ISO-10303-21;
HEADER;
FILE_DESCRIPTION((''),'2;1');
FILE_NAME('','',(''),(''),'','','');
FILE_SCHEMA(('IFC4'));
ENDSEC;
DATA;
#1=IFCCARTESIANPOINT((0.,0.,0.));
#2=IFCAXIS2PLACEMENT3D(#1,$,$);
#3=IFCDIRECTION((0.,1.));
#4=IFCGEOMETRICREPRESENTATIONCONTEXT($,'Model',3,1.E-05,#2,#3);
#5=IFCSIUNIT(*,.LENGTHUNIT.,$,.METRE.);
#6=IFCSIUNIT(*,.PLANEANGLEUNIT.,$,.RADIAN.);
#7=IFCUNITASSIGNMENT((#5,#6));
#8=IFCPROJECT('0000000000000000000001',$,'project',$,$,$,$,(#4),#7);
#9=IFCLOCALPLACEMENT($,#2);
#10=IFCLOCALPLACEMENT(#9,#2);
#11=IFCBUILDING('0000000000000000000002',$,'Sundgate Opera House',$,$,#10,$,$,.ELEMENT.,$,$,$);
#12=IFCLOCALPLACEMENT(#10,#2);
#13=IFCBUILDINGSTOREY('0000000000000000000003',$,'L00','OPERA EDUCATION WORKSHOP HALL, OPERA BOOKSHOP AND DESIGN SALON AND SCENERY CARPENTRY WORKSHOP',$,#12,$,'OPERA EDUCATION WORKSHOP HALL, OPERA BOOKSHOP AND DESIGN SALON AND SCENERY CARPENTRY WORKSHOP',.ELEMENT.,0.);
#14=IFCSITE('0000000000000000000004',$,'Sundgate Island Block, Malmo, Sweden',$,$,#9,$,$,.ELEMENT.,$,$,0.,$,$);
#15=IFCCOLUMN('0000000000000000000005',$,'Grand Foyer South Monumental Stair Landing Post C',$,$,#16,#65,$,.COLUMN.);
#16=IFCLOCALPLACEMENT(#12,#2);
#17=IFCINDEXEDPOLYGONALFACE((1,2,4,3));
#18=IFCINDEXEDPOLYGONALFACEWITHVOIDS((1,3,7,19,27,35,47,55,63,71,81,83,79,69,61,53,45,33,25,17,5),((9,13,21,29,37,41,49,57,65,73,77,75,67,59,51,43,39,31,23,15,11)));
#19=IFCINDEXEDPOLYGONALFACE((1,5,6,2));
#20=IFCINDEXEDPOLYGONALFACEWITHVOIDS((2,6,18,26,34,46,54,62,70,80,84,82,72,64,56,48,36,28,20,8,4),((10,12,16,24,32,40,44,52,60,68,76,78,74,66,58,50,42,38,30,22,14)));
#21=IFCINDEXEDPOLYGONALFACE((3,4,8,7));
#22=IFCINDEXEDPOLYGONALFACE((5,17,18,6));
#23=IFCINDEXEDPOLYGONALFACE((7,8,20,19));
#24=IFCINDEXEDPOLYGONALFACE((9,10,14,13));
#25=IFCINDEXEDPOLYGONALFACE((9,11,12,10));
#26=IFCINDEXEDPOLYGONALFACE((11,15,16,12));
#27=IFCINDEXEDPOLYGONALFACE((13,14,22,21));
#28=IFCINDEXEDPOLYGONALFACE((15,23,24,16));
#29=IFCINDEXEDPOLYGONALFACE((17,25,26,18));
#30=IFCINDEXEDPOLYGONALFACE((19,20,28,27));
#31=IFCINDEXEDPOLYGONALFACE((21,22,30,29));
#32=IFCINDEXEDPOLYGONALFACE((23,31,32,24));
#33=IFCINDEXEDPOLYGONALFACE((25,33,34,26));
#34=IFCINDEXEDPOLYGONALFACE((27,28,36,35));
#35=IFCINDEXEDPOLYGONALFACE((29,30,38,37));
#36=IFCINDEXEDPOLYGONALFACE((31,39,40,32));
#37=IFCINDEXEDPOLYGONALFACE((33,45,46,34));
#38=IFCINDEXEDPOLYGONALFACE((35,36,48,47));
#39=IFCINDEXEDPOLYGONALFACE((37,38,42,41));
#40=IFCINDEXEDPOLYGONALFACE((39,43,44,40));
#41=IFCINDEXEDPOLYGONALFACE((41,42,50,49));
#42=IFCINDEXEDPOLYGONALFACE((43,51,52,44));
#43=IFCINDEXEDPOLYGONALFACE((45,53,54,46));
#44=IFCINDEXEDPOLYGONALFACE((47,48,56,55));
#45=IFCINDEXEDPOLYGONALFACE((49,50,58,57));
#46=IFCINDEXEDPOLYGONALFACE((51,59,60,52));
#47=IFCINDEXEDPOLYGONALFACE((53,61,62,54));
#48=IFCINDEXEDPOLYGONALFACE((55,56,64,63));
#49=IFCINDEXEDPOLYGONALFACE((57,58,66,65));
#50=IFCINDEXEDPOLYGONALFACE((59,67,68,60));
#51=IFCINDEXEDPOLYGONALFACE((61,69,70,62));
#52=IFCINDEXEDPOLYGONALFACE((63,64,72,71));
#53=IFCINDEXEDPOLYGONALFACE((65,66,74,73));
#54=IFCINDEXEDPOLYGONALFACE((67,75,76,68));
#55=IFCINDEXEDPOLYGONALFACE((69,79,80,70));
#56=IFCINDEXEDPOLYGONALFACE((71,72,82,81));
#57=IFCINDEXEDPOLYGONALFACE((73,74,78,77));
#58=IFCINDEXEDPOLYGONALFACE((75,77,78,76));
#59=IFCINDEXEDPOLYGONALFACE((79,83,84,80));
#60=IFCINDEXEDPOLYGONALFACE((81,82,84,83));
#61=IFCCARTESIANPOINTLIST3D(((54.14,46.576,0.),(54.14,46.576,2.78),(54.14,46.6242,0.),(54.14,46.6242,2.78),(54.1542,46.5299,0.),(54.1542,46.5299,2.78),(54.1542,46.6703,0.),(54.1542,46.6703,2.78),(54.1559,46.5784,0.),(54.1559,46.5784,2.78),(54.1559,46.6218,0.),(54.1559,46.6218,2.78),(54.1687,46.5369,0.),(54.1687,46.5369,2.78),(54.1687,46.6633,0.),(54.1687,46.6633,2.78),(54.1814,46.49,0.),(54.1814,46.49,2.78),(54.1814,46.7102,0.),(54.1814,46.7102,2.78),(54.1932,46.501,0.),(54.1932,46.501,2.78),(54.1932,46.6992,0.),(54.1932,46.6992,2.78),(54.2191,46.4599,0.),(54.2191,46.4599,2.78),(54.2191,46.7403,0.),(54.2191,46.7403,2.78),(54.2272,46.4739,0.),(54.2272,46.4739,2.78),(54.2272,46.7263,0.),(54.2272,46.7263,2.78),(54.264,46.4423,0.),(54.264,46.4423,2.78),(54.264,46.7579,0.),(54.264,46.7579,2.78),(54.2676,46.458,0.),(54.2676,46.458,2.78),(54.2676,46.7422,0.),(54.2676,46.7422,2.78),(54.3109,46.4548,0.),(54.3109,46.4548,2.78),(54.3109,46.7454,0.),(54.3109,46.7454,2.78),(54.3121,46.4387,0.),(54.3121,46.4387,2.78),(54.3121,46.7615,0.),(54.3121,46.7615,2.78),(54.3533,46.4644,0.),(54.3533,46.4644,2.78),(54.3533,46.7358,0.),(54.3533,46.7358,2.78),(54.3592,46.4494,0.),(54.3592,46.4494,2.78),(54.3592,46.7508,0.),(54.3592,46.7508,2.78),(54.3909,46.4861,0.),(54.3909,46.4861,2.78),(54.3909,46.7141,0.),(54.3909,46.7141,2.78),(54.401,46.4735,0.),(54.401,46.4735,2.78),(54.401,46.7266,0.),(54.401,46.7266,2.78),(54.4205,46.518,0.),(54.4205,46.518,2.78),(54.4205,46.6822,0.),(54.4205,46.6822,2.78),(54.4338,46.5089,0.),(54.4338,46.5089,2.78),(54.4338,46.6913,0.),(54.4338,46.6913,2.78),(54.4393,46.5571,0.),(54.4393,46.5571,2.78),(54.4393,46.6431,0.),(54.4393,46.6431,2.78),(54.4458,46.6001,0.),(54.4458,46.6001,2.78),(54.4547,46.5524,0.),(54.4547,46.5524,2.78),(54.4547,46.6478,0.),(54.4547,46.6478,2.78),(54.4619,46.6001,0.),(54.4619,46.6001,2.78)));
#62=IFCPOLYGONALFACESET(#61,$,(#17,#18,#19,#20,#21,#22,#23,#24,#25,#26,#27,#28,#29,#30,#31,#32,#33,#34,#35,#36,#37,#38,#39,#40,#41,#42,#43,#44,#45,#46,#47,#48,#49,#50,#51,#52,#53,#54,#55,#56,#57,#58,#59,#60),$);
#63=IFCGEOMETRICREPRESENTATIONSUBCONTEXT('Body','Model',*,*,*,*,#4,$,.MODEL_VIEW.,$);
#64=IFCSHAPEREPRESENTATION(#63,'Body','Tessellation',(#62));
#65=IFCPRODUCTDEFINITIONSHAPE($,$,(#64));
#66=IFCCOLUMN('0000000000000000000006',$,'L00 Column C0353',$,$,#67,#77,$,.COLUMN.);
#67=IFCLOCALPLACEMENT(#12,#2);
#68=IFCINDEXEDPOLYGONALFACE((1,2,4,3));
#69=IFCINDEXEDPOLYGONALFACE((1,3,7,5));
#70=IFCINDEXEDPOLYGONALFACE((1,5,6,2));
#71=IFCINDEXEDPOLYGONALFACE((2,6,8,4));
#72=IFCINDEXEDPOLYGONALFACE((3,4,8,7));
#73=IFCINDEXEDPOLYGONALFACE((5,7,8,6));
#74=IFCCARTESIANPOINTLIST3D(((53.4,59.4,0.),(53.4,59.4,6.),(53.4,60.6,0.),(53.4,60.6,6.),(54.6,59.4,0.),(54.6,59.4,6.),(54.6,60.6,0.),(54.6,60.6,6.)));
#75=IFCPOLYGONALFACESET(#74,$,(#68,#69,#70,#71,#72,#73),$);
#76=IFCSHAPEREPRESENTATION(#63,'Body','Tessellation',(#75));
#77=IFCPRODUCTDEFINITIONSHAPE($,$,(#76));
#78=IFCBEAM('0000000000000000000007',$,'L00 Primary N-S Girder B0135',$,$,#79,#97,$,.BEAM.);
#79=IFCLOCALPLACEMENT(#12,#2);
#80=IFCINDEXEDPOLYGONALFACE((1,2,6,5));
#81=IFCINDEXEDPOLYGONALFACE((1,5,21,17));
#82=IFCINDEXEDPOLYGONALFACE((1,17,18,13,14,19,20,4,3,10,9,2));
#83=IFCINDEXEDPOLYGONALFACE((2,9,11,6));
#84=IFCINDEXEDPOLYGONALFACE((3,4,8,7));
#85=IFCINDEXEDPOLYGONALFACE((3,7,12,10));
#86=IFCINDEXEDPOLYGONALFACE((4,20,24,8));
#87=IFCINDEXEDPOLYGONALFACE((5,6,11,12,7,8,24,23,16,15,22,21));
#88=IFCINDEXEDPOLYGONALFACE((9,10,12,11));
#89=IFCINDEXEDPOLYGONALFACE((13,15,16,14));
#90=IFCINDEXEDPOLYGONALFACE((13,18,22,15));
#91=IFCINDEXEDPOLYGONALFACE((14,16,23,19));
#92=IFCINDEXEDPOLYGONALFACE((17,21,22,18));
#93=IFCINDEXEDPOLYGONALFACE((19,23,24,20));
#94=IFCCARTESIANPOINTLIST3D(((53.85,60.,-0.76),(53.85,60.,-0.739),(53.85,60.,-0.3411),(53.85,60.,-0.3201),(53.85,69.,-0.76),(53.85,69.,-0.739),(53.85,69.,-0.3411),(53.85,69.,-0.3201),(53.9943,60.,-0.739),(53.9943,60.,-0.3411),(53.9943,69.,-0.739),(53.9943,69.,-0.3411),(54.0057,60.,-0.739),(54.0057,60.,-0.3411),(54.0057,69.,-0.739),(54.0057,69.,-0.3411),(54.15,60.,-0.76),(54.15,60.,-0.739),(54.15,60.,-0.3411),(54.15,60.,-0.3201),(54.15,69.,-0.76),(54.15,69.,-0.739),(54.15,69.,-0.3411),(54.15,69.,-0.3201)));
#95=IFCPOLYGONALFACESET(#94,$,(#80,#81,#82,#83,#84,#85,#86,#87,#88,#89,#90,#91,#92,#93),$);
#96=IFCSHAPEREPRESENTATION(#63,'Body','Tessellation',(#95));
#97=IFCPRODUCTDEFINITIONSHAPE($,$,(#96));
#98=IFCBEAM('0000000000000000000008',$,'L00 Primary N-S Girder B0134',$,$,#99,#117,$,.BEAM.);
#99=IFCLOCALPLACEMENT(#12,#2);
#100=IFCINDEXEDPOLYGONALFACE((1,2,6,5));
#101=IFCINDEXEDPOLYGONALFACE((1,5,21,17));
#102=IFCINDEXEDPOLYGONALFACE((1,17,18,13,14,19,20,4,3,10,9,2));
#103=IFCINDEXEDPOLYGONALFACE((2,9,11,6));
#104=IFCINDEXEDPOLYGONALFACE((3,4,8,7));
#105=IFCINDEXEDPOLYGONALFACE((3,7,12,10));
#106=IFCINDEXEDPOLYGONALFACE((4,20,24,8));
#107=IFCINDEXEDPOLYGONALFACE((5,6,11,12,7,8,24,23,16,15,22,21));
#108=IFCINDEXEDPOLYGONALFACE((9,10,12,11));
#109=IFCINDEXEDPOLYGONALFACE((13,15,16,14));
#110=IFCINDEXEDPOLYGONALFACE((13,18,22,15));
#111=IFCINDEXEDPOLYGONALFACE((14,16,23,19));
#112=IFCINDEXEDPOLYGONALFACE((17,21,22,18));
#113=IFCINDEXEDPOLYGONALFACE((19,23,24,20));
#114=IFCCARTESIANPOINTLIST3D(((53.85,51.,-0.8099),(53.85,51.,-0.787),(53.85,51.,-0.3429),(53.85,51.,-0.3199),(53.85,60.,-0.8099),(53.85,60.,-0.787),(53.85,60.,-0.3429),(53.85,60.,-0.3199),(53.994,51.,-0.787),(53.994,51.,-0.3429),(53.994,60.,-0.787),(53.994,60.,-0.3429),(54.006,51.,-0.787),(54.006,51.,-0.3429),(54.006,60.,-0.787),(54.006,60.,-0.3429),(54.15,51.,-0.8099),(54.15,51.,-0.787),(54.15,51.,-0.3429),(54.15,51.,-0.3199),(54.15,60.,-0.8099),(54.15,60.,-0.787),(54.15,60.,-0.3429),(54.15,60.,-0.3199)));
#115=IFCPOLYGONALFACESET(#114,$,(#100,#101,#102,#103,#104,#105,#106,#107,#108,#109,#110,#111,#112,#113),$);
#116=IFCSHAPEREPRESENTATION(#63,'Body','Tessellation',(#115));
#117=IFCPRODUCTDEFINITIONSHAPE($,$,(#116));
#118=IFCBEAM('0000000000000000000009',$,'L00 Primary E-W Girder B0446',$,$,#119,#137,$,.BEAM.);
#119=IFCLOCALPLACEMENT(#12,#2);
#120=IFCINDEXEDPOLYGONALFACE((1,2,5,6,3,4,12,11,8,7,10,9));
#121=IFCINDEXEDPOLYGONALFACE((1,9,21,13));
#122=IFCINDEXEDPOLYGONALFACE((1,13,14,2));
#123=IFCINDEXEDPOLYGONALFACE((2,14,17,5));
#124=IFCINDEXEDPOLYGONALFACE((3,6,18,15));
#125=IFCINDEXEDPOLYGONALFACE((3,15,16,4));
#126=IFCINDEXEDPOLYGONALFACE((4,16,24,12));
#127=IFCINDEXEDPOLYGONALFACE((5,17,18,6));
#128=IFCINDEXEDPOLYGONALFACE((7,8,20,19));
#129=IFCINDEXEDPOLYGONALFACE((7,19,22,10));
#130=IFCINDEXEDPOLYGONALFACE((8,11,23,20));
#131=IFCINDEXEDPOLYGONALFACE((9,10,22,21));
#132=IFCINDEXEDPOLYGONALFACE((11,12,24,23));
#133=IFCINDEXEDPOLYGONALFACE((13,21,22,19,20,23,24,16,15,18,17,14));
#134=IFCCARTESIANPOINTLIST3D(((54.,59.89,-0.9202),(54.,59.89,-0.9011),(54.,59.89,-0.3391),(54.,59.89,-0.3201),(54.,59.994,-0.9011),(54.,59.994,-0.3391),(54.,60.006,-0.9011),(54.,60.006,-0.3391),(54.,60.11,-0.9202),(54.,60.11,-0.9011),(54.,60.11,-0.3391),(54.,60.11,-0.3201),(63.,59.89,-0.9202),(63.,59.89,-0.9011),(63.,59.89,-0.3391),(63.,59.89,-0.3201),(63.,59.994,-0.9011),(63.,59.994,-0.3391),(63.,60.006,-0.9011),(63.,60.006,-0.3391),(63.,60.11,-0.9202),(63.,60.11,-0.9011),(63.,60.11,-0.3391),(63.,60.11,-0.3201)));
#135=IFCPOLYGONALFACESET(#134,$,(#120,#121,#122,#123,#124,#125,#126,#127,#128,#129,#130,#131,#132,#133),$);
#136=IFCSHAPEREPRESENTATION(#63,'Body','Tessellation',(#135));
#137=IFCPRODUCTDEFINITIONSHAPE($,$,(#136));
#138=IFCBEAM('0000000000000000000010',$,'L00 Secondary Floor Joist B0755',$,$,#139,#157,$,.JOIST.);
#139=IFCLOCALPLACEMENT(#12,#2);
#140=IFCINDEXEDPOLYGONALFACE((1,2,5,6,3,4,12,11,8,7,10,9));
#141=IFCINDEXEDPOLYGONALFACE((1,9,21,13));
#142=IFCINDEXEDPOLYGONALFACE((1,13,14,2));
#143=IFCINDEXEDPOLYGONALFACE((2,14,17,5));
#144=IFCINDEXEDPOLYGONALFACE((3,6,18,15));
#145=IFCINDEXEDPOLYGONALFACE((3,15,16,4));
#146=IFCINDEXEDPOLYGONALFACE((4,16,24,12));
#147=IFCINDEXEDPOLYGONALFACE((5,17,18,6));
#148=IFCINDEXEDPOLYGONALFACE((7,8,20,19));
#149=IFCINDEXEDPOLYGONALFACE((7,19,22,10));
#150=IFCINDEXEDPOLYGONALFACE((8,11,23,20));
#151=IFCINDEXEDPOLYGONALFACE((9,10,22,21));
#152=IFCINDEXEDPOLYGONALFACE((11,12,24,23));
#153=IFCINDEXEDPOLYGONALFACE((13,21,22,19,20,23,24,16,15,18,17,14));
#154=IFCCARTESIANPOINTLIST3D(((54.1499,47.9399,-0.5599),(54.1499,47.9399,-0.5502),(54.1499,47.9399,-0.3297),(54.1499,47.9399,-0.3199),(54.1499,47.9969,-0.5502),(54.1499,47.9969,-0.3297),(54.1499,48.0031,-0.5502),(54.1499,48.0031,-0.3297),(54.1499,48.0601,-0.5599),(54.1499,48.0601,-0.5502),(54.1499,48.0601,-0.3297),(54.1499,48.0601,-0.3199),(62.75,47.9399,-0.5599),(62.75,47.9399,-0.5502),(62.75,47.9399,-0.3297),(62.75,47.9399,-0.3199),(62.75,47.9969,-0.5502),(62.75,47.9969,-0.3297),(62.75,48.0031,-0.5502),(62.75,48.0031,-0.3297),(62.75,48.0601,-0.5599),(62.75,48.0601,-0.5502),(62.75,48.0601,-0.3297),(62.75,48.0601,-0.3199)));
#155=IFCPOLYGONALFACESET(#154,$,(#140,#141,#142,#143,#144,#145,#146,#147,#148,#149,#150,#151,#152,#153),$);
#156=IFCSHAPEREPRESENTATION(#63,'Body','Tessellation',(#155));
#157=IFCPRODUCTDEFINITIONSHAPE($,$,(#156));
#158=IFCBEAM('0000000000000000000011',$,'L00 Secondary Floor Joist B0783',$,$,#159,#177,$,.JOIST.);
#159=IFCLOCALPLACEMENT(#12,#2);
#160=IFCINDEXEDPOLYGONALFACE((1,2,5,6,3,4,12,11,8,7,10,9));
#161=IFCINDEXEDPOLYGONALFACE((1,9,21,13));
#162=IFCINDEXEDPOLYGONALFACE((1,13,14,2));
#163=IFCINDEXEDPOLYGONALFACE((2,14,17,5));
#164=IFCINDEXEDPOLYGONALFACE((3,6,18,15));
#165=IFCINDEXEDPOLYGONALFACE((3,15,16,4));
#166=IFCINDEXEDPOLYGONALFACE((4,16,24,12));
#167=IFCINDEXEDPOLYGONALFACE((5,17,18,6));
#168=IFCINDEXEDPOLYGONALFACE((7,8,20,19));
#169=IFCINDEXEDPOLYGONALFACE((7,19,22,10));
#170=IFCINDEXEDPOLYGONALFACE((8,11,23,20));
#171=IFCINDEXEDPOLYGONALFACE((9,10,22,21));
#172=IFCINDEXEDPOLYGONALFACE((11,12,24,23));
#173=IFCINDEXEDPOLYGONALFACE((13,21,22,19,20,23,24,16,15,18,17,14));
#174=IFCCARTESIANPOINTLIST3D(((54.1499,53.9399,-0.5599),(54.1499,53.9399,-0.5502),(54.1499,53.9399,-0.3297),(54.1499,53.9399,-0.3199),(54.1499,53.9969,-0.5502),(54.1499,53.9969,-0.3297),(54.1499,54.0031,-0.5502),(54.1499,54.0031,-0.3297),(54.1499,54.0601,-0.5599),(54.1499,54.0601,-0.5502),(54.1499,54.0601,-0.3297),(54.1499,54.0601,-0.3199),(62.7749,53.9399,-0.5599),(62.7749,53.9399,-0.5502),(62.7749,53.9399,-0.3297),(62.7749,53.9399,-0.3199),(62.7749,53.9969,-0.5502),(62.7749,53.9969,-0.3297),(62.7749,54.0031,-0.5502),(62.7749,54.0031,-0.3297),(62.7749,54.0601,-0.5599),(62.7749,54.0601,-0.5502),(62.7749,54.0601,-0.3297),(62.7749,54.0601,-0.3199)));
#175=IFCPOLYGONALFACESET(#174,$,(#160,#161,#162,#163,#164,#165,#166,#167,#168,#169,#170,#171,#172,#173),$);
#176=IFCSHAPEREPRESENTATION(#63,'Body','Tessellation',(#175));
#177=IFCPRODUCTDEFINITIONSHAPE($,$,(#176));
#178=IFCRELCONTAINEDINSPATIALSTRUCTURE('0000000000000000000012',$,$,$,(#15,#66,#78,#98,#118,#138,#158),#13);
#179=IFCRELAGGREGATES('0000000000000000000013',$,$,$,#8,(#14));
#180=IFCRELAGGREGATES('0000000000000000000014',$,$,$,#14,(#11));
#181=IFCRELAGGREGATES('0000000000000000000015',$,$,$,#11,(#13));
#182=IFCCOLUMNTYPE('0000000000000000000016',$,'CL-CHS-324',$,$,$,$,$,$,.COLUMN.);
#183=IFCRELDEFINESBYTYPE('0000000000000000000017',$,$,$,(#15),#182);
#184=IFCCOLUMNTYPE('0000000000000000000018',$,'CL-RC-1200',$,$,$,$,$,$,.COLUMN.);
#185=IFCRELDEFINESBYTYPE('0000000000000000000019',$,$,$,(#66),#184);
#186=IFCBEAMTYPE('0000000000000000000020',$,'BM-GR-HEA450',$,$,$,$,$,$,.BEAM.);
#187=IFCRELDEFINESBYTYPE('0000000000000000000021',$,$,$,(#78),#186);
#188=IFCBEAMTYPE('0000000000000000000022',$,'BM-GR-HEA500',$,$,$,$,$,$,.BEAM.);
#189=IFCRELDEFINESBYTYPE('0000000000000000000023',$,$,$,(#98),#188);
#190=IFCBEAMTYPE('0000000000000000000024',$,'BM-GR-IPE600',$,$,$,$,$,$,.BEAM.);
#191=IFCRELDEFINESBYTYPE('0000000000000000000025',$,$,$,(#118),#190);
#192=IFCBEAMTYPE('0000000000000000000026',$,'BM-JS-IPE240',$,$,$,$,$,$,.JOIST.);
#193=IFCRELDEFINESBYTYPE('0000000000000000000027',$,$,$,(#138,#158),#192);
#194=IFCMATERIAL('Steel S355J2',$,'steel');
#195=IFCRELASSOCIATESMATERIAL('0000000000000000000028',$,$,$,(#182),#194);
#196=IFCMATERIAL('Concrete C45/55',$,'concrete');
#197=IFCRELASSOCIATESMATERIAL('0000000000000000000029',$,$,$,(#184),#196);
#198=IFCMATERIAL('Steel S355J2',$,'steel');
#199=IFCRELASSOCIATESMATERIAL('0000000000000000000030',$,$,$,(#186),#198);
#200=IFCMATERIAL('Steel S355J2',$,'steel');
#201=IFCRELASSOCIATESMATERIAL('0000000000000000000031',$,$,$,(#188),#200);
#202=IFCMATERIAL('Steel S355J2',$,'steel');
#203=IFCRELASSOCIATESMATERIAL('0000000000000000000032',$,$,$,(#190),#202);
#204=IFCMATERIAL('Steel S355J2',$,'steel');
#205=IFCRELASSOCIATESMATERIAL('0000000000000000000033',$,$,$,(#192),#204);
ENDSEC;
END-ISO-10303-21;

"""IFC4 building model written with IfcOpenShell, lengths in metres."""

from ifc_helpers import new_model, si_unit, direction, frame, origin, origin_2d, place, context, subcontext, project, spatial, rectangle, hollow_circle, i_section, extrude, material, material_profile, profile_set, type_object, element, save


model = new_model("IFC4")

# Units and contexts
model_context = context("Model", 3, precision=1e-05, world=origin(), true_north=direction((0.0, 1.0)))
body_context = subcontext(model_context, "Body", "Model", "MODEL_VIEW")
ifc_project = project(units=[si_unit("LENGTHUNIT", "METRE"), si_unit("PLANEANGLEUNIT", "RADIAN")], contexts=[model_context])

# Site, building, storey
site_placement = place(None, origin())
site = spatial("IfcSite", under=ifc_project, at=site_placement, Name="Sundgate Island Block, Malmo, Sweden", CompositionType="ELEMENT", RefElevation=0.0)
building_placement = place(site_placement, origin())
building = spatial("IfcBuilding", under=site, at=building_placement, Name="Sundgate Opera House", CompositionType="ELEMENT")
storey_placement = place(building_placement, origin())
storey = spatial("IfcBuildingStorey", under=building, at=storey_placement, Name="L00", Description="OPERA EDUCATION WORKSHOP HALL, OPERA BOOKSHOP AND DESIGN SALON AND SCENERY CARPENTRY WORKSHOP", LongName="OPERA EDUCATION WORKSHOP HALL, OPERA BOOKSHOP AND DESIGN SALON AND SCENERY CARPENTRY WORKSHOP", CompositionType="ELEMENT", Elevation=0.0)

# Columns
ifc_material_1 = material(Name="Steel S355J2", Category="steel")
ifc_material_profile_1 = material_profile(ifc_material_1, hollow_circle(Radius=0.1619, WallThickness=0.0161, at=origin_2d()), Name="CHS 323.9x16.0")
ifc_profile_set_1 = profile_set([ifc_material_profile_1], Name="Steel S355J2")
column_type_1 = type_object("IfcColumnType", Name="CL-CHS-324", PredefinedType="COLUMN", material=ifc_profile_set_1)
column_1_placement = place(storey_placement, frame((54.3, 46.6001, 0.0), z_axis=(0.0, 0.0, 1.0), x_axis=(1.0, 0.0, 0.0)))
element("IfcColumn", 1, at=column_1_placement, inside=storey, type_object=column_type_1, Name="Grand Foyer South Monumental Stair Landing Post C", PredefinedType="COLUMN", context=body_context, shape_type="SweptSolid", body=[
    extrude(hollow_circle(Radius=0.1619, WallThickness=0.0161, at=origin_2d()), origin(), (0.0, 0.0, 1.0), 2.78),
])
ifc_material_2 = material(Name="Concrete C45/55", Category="concrete")
ifc_material_profile_2 = material_profile(ifc_material_2, rectangle(XDim=1.2, YDim=1.2, at=origin_2d()), Name="RC 1200x1200")
ifc_profile_set_2 = profile_set([ifc_material_profile_2], Name="Concrete C45/55")
column_type_2 = type_object("IfcColumnType", Name="CL-RC-1200", PredefinedType="COLUMN", material=ifc_profile_set_2)
column_2_placement = place(storey_placement, frame((54.0, 60.0, 0.0), z_axis=(0.0, 0.0, 1.0), x_axis=(1.0, 0.0, 0.0)))
element("IfcColumn", 2, at=column_2_placement, inside=storey, type_object=column_type_2, Name="L00 Column C0353", PredefinedType="COLUMN", context=body_context, shape_type="SweptSolid", body=[
    extrude(rectangle(XDim=1.2, YDim=1.2, at=origin_2d()), origin(), (0.0, 0.0, 1.0), 6.0),
])

# Beams
ifc_material_3 = material(Name="Steel S355J2", Category="steel")
ifc_material_profile_3 = material_profile(ifc_material_3, i_section(OverallWidth=0.3, OverallDepth=0.4399, WebThickness=0.0115, FlangeThickness=0.021, at=origin_2d()), Name="HEA 450")
ifc_profile_set_3 = profile_set([ifc_material_profile_3], Name="Steel S355J2")
beam_type_1 = type_object("IfcBeamType", Name="BM-GR-HEA450", PredefinedType="BEAM", material=ifc_profile_set_3)
beam_1_placement = place(storey_placement, frame((54.0, 60.0, -0.54), z_axis=(0.0, 1.0, 0.0), x_axis=(-1.0, 0.0, 0.0)))
element("IfcBeam", 3, at=beam_1_placement, inside=storey, type_object=beam_type_1, Name="L00 Primary N-S Girder B0135", PredefinedType="BEAM", context=body_context, shape_type="SweptSolid", body=[
    extrude(i_section(OverallWidth=0.3, OverallDepth=0.4399, WebThickness=0.0115, FlangeThickness=0.021, at=origin_2d()), origin(), (0.0, 0.0, 1.0), 9.0),
])
ifc_material_4 = material(Name="Steel S355J2", Category="steel")
ifc_material_profile_4 = material_profile(ifc_material_4, i_section(OverallWidth=0.3, OverallDepth=0.49, WebThickness=0.012, FlangeThickness=0.0229, at=origin_2d()), Name="HEA 500")
ifc_profile_set_4 = profile_set([ifc_material_profile_4], Name="Steel S355J2")
beam_type_2 = type_object("IfcBeamType", Name="BM-GR-HEA500", PredefinedType="BEAM", material=ifc_profile_set_4)
beam_2_placement = place(storey_placement, frame((54.0, 51.0, -0.5649), z_axis=(0.0, 1.0, 0.0), x_axis=(-1.0, 0.0, 0.0)))
element("IfcBeam", 4, at=beam_2_placement, inside=storey, type_object=beam_type_2, Name="L00 Primary N-S Girder B0134", PredefinedType="BEAM", context=body_context, shape_type="SweptSolid", body=[
    extrude(i_section(OverallWidth=0.3, OverallDepth=0.49, WebThickness=0.012, FlangeThickness=0.0229, at=origin_2d()), origin(), (0.0, 0.0, 1.0), 9.0),
])
ifc_material_5 = material(Name="Steel S355J2", Category="steel")
ifc_material_profile_5 = material_profile(ifc_material_5, i_section(OverallWidth=0.22, OverallDepth=0.6001, WebThickness=0.012, FlangeThickness=0.019, at=origin_2d()), Name="IPE 600")
ifc_profile_set_5 = profile_set([ifc_material_profile_5], Name="Steel S355J2")
beam_type_3 = type_object("IfcBeamType", Name="BM-GR-IPE600", PredefinedType="BEAM", material=ifc_profile_set_5)
beam_3_placement = place(storey_placement, frame((54.0, 60.0, -0.6201), z_axis=(1.0, 0.0, 0.0), x_axis=(0.0, 1.0, 0.0)))
element("IfcBeam", 5, at=beam_3_placement, inside=storey, type_object=beam_type_3, Name="L00 Primary E-W Girder B0446", PredefinedType="BEAM", context=body_context, shape_type="SweptSolid", body=[
    extrude(i_section(OverallWidth=0.22, OverallDepth=0.6001, WebThickness=0.012, FlangeThickness=0.019, at=origin_2d()), origin(), (0.0, 0.0, 1.0), 9.0),
])
ifc_material_6 = material(Name="Steel S355J2", Category="steel")
ifc_material_profile_6 = material_profile(ifc_material_6, i_section(OverallWidth=0.1201, OverallDepth=0.24, WebThickness=0.0061, FlangeThickness=0.0098, at=origin_2d()), Name="IPE 240")
ifc_profile_set_6 = profile_set([ifc_material_profile_6], Name="Steel S355J2")
beam_type_4 = type_object("IfcBeamType", Name="BM-JS-IPE240", PredefinedType="JOIST", material=ifc_profile_set_6)
beam_4_placement = place(storey_placement, frame((54.1499, 48.0, -0.4399), z_axis=(1.0, 0.0, 0.0), x_axis=(0.0, 1.0, 0.0)))
element("IfcBeam", 6, at=beam_4_placement, inside=storey, type_object=beam_type_4, Name="L00 Secondary Floor Joist B0755", PredefinedType="JOIST", context=body_context, shape_type="SweptSolid", body=[
    extrude(i_section(OverallWidth=0.1201, OverallDepth=0.24, WebThickness=0.0061, FlangeThickness=0.0098, at=origin_2d()), origin(), (0.0, 0.0, 1.0), 8.6001),
])
beam_5_placement = place(storey_placement, frame((54.1499, 54.0, -0.4399), z_axis=(1.0, 0.0, 0.0), x_axis=(0.0, 1.0, 0.0)))
element("IfcBeam", 7, at=beam_5_placement, inside=storey, type_object=beam_type_4, Name="L00 Secondary Floor Joist B0783", PredefinedType="JOIST", context=body_context, shape_type="SweptSolid", body=[
    extrude(i_section(OverallWidth=0.1201, OverallDepth=0.24, WebThickness=0.0061, FlangeThickness=0.0098, at=origin_2d()), origin(), (0.0, 0.0, 1.0), 8.625),
])

save(model, "model.ifc")
